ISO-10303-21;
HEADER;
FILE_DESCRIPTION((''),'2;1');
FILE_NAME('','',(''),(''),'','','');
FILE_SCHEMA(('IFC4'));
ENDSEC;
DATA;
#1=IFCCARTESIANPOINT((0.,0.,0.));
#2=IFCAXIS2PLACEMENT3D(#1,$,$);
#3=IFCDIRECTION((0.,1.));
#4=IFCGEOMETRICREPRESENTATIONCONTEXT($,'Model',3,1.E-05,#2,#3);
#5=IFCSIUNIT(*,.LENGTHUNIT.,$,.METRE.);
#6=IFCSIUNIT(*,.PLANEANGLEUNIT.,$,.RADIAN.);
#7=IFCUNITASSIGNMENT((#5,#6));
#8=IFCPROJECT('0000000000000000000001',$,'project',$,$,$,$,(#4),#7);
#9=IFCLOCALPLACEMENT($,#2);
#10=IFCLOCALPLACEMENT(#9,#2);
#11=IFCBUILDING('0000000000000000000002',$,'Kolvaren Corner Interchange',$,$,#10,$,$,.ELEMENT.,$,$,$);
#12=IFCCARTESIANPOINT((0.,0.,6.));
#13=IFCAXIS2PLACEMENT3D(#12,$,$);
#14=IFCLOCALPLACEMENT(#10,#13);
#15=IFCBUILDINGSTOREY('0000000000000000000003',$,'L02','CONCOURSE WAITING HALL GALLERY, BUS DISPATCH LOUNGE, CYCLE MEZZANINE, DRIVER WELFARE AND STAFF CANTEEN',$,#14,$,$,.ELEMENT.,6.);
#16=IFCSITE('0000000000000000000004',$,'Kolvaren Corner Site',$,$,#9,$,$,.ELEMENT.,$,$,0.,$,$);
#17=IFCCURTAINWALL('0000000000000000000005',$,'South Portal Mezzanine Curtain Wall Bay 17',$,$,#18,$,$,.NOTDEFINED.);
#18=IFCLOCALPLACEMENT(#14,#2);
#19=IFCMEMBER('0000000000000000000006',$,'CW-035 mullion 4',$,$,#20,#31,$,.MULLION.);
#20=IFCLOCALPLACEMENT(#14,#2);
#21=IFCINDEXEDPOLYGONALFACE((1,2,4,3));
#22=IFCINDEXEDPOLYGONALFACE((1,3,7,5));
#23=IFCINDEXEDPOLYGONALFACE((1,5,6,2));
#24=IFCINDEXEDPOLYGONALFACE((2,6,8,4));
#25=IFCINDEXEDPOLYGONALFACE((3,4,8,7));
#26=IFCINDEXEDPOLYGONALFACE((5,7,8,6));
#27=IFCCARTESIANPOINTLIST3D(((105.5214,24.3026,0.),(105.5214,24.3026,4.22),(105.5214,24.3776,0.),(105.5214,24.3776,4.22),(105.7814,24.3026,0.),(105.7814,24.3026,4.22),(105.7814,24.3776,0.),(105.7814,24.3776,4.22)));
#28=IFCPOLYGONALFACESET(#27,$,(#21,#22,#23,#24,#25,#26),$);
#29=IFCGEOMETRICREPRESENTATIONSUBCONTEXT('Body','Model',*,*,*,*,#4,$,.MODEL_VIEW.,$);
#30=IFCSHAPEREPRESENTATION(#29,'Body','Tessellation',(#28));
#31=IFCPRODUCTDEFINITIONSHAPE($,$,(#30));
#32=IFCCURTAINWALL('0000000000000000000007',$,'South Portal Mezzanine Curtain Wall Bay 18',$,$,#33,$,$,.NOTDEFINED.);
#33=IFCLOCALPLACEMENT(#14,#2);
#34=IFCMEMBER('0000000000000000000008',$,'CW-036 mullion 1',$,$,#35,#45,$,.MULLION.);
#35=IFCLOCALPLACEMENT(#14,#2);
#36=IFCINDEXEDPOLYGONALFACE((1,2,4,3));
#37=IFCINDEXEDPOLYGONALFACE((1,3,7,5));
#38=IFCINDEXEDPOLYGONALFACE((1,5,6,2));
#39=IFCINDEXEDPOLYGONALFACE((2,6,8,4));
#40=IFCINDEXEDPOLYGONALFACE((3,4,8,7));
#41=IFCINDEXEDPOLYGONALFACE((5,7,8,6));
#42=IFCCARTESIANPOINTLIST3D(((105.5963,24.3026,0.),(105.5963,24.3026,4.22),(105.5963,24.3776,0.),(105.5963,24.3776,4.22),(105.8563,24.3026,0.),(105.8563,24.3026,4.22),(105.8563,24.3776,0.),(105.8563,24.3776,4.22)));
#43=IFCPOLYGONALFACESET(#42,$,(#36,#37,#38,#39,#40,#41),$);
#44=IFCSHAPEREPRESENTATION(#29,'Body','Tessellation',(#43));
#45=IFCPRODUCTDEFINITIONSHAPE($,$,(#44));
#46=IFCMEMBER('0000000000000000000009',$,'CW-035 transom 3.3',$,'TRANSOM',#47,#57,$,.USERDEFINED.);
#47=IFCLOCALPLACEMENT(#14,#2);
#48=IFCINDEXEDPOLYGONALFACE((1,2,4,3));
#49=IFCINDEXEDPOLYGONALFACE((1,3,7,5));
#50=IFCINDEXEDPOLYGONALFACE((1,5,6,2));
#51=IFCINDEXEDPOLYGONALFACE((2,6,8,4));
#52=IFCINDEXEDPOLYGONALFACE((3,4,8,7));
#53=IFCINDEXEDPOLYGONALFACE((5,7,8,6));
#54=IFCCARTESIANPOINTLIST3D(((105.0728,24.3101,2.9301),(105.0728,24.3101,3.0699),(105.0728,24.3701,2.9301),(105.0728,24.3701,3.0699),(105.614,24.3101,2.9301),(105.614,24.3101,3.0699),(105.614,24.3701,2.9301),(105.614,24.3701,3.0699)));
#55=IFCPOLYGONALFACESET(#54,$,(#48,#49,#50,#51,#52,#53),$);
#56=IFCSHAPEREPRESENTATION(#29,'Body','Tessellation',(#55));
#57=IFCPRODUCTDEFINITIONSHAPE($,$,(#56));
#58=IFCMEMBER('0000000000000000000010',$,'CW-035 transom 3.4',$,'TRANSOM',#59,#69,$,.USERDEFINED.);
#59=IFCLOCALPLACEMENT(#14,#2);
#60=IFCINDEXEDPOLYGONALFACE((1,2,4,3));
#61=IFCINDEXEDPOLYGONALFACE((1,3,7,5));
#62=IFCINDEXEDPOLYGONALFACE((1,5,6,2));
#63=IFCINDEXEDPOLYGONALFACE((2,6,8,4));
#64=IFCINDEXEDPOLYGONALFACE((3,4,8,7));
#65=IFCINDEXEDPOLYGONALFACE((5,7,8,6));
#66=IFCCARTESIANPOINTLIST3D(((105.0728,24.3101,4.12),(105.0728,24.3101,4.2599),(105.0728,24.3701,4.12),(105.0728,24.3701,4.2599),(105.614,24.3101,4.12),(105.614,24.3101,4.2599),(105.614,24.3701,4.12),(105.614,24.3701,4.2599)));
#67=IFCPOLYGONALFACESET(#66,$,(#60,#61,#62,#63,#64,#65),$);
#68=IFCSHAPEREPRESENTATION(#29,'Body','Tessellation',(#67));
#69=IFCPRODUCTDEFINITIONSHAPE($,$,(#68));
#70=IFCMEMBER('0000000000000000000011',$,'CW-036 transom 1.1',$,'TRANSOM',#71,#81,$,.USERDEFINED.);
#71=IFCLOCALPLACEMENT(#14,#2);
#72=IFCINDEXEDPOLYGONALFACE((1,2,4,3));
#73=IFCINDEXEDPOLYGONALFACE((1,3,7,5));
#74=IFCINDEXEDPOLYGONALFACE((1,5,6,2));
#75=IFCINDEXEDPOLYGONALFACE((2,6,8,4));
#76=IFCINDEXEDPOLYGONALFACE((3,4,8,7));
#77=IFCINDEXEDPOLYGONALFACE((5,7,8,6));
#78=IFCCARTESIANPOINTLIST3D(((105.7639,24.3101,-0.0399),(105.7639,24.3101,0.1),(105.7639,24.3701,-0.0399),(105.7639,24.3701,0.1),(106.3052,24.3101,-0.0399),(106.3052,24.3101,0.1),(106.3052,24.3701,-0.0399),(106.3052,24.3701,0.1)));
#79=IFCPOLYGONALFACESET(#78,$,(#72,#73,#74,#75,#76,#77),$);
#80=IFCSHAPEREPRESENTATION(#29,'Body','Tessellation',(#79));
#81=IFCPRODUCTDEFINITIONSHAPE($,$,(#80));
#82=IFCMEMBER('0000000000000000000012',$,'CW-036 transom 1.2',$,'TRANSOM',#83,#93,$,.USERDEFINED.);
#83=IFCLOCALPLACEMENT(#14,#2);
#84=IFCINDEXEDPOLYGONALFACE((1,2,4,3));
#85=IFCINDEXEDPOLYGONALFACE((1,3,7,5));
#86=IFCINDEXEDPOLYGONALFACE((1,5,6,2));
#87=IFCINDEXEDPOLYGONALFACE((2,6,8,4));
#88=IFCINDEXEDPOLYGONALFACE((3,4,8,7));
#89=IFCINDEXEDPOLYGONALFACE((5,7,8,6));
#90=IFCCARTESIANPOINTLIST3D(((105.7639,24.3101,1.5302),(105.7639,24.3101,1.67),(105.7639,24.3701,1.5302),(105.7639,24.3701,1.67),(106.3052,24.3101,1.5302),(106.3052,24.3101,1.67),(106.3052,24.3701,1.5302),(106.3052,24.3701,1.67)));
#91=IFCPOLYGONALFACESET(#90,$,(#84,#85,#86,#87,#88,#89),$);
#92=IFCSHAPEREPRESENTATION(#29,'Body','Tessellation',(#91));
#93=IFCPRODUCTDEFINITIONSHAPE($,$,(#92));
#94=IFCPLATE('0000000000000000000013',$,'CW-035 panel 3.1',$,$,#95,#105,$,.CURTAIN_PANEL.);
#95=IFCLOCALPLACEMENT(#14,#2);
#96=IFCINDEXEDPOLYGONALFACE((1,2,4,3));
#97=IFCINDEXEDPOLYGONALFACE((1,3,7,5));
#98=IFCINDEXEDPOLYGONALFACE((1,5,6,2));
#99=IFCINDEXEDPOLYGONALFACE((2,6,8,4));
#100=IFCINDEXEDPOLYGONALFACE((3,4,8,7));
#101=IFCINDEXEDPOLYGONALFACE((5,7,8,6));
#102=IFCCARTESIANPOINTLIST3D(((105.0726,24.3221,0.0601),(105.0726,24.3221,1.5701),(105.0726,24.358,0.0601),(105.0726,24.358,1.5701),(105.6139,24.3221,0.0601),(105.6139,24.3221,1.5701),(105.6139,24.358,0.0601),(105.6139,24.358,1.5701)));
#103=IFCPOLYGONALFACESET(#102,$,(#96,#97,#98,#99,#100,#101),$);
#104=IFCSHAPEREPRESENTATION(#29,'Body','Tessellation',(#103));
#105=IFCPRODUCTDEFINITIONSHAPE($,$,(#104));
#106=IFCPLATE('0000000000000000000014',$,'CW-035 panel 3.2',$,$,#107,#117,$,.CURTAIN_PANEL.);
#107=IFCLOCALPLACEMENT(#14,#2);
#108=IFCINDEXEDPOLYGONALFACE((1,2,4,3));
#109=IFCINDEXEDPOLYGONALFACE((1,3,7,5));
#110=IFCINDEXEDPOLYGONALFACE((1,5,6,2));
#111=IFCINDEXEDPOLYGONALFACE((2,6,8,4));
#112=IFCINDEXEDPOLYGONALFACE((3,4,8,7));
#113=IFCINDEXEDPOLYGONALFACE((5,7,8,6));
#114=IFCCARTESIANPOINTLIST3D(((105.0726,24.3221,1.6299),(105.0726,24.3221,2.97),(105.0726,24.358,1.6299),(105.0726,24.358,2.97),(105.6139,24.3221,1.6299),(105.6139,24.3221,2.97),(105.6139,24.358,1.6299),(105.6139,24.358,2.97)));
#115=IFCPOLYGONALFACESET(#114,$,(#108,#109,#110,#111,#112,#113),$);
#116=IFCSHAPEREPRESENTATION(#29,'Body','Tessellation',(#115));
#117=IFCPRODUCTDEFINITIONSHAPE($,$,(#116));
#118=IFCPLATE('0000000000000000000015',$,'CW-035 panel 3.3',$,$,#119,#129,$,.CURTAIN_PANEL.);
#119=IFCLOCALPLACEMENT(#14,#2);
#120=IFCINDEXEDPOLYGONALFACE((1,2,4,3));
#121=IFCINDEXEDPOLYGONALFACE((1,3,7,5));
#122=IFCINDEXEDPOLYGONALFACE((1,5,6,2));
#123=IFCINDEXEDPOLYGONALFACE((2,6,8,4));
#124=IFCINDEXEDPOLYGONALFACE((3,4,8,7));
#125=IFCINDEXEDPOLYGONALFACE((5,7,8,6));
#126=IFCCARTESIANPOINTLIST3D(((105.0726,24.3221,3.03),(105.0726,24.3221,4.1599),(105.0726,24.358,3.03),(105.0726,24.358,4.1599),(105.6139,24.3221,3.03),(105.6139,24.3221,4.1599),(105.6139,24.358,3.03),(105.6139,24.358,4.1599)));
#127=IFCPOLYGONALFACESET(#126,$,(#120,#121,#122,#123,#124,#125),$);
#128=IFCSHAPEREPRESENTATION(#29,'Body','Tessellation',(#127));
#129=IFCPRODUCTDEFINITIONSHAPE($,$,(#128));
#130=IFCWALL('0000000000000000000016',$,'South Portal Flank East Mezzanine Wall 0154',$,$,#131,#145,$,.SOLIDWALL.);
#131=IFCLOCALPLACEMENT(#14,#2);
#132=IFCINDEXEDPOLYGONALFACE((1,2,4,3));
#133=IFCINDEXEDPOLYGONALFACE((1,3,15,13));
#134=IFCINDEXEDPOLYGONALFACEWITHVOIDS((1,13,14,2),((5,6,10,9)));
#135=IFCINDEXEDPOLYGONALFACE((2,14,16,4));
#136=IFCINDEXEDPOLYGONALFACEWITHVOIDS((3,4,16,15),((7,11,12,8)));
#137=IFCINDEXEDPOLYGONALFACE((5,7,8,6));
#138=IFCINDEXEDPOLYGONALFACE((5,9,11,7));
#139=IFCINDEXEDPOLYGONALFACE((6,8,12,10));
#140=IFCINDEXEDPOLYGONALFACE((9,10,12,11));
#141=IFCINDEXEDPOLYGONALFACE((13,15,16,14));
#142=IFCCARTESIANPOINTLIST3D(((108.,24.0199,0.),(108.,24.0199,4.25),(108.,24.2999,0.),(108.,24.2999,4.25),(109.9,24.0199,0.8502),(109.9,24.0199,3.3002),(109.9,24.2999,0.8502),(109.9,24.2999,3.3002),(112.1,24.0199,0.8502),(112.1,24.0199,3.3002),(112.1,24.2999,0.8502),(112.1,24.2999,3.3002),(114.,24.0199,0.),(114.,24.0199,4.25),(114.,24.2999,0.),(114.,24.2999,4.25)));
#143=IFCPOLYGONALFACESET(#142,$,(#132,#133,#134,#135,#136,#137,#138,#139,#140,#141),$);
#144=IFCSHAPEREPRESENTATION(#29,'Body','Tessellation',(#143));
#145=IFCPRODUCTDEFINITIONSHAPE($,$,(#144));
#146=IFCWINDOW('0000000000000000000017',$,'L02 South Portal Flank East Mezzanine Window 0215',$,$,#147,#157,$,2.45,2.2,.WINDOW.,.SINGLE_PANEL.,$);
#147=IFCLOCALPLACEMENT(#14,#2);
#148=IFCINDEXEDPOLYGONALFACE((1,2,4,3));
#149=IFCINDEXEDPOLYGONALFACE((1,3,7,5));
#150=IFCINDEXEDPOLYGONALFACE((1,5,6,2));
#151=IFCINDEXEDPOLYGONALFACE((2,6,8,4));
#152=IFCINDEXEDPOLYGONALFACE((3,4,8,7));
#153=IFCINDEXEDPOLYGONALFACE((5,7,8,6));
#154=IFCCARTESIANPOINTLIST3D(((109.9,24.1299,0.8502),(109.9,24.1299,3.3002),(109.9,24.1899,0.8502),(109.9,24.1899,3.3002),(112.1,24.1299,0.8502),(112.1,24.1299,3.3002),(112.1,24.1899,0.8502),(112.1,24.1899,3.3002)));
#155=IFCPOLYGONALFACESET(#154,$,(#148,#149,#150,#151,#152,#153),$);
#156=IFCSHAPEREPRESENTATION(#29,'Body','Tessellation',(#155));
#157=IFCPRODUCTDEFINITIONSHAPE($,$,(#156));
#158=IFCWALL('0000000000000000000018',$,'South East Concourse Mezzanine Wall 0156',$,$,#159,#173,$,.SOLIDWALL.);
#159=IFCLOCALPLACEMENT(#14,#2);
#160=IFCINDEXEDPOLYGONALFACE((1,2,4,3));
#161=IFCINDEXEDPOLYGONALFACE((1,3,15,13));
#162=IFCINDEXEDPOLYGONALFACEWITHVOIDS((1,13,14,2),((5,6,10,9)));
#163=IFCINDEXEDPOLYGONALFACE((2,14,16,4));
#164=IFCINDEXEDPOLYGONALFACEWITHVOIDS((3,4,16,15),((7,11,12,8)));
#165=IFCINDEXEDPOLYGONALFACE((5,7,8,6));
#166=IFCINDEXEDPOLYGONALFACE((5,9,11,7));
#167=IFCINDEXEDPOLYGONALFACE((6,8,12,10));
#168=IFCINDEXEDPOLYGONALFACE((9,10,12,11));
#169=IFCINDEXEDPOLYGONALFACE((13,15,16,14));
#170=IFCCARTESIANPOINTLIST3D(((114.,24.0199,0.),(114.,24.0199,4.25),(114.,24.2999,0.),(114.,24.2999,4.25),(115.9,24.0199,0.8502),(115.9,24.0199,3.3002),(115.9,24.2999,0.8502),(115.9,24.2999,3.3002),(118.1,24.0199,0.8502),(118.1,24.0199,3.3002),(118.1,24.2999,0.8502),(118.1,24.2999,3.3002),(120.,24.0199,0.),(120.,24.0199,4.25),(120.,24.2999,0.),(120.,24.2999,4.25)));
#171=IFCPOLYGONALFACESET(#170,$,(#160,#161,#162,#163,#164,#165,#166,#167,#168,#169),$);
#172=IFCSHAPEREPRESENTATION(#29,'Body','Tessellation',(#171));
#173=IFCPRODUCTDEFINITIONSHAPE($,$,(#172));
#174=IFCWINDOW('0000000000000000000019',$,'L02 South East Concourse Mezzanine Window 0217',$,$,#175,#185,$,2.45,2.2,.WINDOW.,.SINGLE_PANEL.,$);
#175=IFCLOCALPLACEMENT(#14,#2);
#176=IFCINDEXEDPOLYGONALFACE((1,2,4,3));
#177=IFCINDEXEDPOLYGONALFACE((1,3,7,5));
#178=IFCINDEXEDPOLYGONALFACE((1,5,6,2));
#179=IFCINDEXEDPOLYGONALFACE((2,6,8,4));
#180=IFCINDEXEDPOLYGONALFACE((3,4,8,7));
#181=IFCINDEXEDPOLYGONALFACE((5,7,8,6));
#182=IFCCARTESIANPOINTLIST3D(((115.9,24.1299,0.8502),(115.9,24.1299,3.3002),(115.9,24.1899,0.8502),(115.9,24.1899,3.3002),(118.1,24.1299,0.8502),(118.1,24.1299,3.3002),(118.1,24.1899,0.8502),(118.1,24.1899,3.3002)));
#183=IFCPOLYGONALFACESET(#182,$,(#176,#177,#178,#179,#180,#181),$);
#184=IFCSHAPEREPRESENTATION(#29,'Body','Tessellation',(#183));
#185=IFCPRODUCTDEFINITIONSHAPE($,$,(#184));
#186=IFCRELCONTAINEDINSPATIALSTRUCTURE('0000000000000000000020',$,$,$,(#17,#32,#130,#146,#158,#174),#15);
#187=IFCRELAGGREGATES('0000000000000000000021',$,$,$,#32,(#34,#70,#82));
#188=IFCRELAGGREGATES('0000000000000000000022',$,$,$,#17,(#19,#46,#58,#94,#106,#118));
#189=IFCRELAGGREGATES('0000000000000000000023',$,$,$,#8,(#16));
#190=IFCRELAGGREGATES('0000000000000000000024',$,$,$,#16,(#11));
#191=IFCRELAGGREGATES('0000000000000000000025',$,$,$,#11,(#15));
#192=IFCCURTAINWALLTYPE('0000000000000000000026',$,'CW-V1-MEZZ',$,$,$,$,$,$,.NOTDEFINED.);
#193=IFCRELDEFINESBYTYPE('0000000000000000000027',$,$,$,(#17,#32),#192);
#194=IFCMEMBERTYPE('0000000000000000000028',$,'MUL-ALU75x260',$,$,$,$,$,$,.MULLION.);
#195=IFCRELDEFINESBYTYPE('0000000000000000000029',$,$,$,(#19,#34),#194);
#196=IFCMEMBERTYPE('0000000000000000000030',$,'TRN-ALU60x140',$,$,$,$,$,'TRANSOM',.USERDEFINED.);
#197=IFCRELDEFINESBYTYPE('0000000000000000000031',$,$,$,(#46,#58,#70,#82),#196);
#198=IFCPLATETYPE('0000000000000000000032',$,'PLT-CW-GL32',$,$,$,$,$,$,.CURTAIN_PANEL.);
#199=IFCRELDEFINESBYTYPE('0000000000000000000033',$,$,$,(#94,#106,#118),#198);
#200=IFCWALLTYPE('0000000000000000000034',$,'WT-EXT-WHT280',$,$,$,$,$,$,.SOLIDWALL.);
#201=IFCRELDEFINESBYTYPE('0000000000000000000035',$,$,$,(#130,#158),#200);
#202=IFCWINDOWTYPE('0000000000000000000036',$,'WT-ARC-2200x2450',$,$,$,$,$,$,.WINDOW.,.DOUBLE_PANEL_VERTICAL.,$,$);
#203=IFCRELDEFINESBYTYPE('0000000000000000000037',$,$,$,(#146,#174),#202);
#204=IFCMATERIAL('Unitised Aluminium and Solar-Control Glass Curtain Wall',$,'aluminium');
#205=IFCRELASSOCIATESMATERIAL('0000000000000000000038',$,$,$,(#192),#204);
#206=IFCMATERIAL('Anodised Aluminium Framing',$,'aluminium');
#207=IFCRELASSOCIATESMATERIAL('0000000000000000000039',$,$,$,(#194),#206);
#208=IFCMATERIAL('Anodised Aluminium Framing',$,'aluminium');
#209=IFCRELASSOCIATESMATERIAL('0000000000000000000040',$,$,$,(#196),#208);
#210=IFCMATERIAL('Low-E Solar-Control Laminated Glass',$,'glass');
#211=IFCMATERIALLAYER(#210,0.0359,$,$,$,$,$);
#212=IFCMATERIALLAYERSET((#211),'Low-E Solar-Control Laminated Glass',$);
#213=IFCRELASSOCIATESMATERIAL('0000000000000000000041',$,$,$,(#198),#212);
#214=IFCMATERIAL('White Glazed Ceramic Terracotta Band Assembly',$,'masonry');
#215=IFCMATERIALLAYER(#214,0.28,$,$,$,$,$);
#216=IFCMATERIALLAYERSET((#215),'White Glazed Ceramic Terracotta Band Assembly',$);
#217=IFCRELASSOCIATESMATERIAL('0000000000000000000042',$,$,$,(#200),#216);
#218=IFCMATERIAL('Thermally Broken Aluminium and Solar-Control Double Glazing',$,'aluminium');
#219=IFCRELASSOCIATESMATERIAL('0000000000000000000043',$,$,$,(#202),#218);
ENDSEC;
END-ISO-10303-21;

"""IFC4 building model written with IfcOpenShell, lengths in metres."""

from ifc_helpers import new_model, si_unit, direction, frame, frame_2d, origin, origin_2d, place, context, subcontext, project, spatial, rectangle, extrude, material, layer, layer_set, material_profile, profile_set, type_object, element, fill, aggregate, save


model = new_model("IFC4")

# Units and contexts
model_context = context("Model", 3, precision=1e-05, world=origin(), true_north=direction((0.0, 1.0)))
body_context = subcontext(model_context, "Body", "Model", "MODEL_VIEW")
ifc_project = project(units=[si_unit("LENGTHUNIT", "METRE"), si_unit("PLANEANGLEUNIT", "RADIAN")], contexts=[model_context])

# Site, building, storey
site_placement = place(None, origin())
site = spatial("IfcSite", under=ifc_project, at=site_placement, Name="Kolvaren Corner Site", CompositionType="ELEMENT", RefElevation=0.0)
building_placement = place(site_placement, origin())
building = spatial("IfcBuilding", under=site, at=building_placement, Name="Kolvaren Corner Interchange", CompositionType="ELEMENT")
storey_placement = place(building_placement, frame((0.0, 0.0, 6.0)))
storey = spatial("IfcBuildingStorey", under=building, at=storey_placement, Name="L02", Description="CONCOURSE WAITING HALL GALLERY, BUS DISPATCH LOUNGE, CYCLE MEZZANINE, DRIVER WELFARE AND STAFF CANTEEN", CompositionType="ELEMENT", Elevation=6.0)

# Curtain walls, members
ifc_material_1 = material(Name="Unitised Aluminium and Solar-Control Glass Curtain Wall", Category="aluminium")
curtain_wall_type = type_object("IfcCurtainWallType", Name="CW-V1-MEZZ", PredefinedType="NOTDEFINED", material=ifc_material_1)
curtain_wall_1_placement = place(storey_placement, origin())
curtain_wall_1 = element("IfcCurtainWall", 1, at=curtain_wall_1_placement, inside=storey, type_object=curtain_wall_type, Name="South Portal Mezzanine Curtain Wall Bay 17", PredefinedType="NOTDEFINED")
ifc_material_2 = material(Name="Anodised Aluminium Framing", Category="aluminium")
ifc_material_profile_1 = material_profile(ifc_material_2, rectangle(XDim=0.075, YDim=0.26, at=origin_2d()), Name="ALU 75x260")
ifc_profile_set_1 = profile_set([ifc_material_profile_1], Name="Anodised Aluminium Framing")
member_type_1 = type_object("IfcMemberType", Name="MUL-ALU75x260", PredefinedType="MULLION", material=ifc_profile_set_1)
member_1_placement = place(storey_placement, frame((105.6514, 24.3401, 0.0), z_axis=(0.0, 0.0, 1.0), x_axis=(0.0, 1.0, 0.0)))
member_1 = element("IfcMember", 2, at=member_1_placement, type_object=member_type_1, Name="CW-035 mullion 4", PredefinedType="MULLION", context=body_context, shape_type="SweptSolid", body=[
    extrude(rectangle(XDim=0.075, YDim=0.26, at=origin_2d()), origin(), (0.0, 0.0, 1.0), 4.22),
])
curtain_wall_2_placement = place(storey_placement, origin())
curtain_wall_2 = element("IfcCurtainWall", 3, at=curtain_wall_2_placement, inside=storey, type_object=curtain_wall_type, Name="South Portal Mezzanine Curtain Wall Bay 18", PredefinedType="NOTDEFINED")
member_2_placement = place(storey_placement, frame((105.7263, 24.3401, 0.0), z_axis=(0.0, 0.0, 1.0), x_axis=(0.0, 1.0, 0.0)))
member_2 = element("IfcMember", 4, at=member_2_placement, type_object=member_type_1, Name="CW-036 mullion 1", PredefinedType="MULLION", context=body_context, shape_type="SweptSolid", body=[
    extrude(rectangle(XDim=0.075, YDim=0.26, at=origin_2d()), origin(), (0.0, 0.0, 1.0), 4.22),
])

# Members
ifc_material_3 = material(Name="Anodised Aluminium Framing", Category="aluminium")
ifc_material_profile_2 = material_profile(ifc_material_3, rectangle(XDim=0.0601, YDim=0.1399, at=origin_2d()), Name="ALU 60x140")
ifc_profile_set_2 = profile_set([ifc_material_profile_2], Name="Anodised Aluminium Framing")
member_type_2 = type_object("IfcMemberType", Name="TRN-ALU60x140", ElementType="TRANSOM", PredefinedType="USERDEFINED", material=ifc_profile_set_2)
member_3_placement = place(storey_placement, frame((105.0728, 24.3401, 3.0), z_axis=(1.0, 0.0, 0.0), x_axis=(0.0, 1.0, 0.0)))
member_3 = element("IfcMember", 5, at=member_3_placement, type_object=member_type_2, Name="CW-035 transom 3.3", ObjectType="TRANSOM", PredefinedType="USERDEFINED", context=body_context, shape_type="SweptSolid", body=[
    extrude(rectangle(XDim=0.0601, YDim=0.1399, at=origin_2d()), origin(), (0.0, 0.0, 1.0), 0.5413),
])
member_4_placement = place(storey_placement, frame((105.0728, 24.3401, 4.1899), z_axis=(1.0, 0.0, 0.0), x_axis=(0.0, 1.0, 0.0)))
member_4 = element("IfcMember", 6, at=member_4_placement, type_object=member_type_2, Name="CW-035 transom 3.4", ObjectType="TRANSOM", PredefinedType="USERDEFINED", context=body_context, shape_type="SweptSolid", body=[
    extrude(rectangle(XDim=0.0601, YDim=0.1399, at=origin_2d()), origin(), (0.0, 0.0, 1.0), 0.5413),
])
member_5_placement = place(storey_placement, frame((105.7639, 24.3401, 0.03), z_axis=(1.0, 0.0, 0.0), x_axis=(0.0, 1.0, 0.0)))
member_5 = element("IfcMember", 7, at=member_5_placement, type_object=member_type_2, Name="CW-036 transom 1.1", ObjectType="TRANSOM", PredefinedType="USERDEFINED", context=body_context, shape_type="SweptSolid", body=[
    extrude(rectangle(XDim=0.0601, YDim=0.1399, at=origin_2d()), origin(), (0.0, 0.0, 1.0), 0.5413),
])
member_6_placement = place(storey_placement, frame((105.7639, 24.3401, 1.6001), z_axis=(1.0, 0.0, 0.0), x_axis=(0.0, 1.0, 0.0)))
member_6 = element("IfcMember", 8, at=member_6_placement, type_object=member_type_2, Name="CW-036 transom 1.2", ObjectType="TRANSOM", PredefinedType="USERDEFINED", context=body_context, shape_type="SweptSolid", body=[
    extrude(rectangle(XDim=0.0601, YDim=0.1399, at=origin_2d()), origin(), (0.0, 0.0, 1.0), 0.5413),
])
aggregate(curtain_wall_2, [member_2, member_5, member_6])

# Plates
ifc_material_4 = material(Name="Low-E Solar-Control Laminated Glass", Category="glass")
ifc_layer_1 = layer(ifc_material_4, 0.0359)
ifc_layer_set_1 = layer_set([ifc_layer_1], Name="Low-E Solar-Control Laminated Glass")
plate_type = type_object("IfcPlateType", Name="PLT-CW-GL32", PredefinedType="CURTAIN_PANEL", material=ifc_layer_set_1)
plate_1_placement = place(storey_placement, frame((105.3433, 24.3401, 0.0601), z_axis=(0.0, 0.0, 1.0), x_axis=(1.0, 0.0, 0.0)))
plate_1 = element("IfcPlate", 9, at=plate_1_placement, type_object=plate_type, Name="CW-035 panel 3.1", PredefinedType="CURTAIN_PANEL", context=body_context, shape_type="SweptSolid", body=[
    extrude(rectangle(XDim=0.5413, YDim=0.0359, at=origin_2d()), origin(), (0.0, 0.0, 1.0), 1.51),
])
plate_2_placement = place(storey_placement, frame((105.3433, 24.3401, 1.6299), z_axis=(0.0, 0.0, 1.0), x_axis=(1.0, 0.0, 0.0)))
plate_2 = element("IfcPlate", 10, at=plate_2_placement, type_object=plate_type, Name="CW-035 panel 3.2", PredefinedType="CURTAIN_PANEL", context=body_context, shape_type="SweptSolid", body=[
    extrude(rectangle(XDim=0.5413, YDim=0.0359, at=origin_2d()), origin(), (0.0, 0.0, 1.0), 1.3401),
])
plate_3_placement = place(storey_placement, frame((105.3433, 24.3401, 3.03), z_axis=(0.0, 0.0, 1.0), x_axis=(1.0, 0.0, 0.0)))
plate_3 = element("IfcPlate", 11, at=plate_3_placement, type_object=plate_type, Name="CW-035 panel 3.3", PredefinedType="CURTAIN_PANEL", context=body_context, shape_type="SweptSolid", body=[
    extrude(rectangle(XDim=0.5413, YDim=0.0359, at=origin_2d()), origin(), (0.0, 0.0, 1.0), 1.1299),
])
aggregate(curtain_wall_1, [member_1, member_3, member_4, plate_1, plate_2, plate_3])

# Walls, openings, windows
ifc_material_5 = material(Name="White Glazed Ceramic Terracotta Band Assembly", Category="masonry")
ifc_layer_2 = layer(ifc_material_5, 0.28)
ifc_layer_set_2 = layer_set([ifc_layer_2], Name="White Glazed Ceramic Terracotta Band Assembly")
wall_type = type_object("IfcWallType", Name="WT-EXT-WHT280", PredefinedType="SOLIDWALL", material=ifc_layer_set_2)
wall_1_placement = place(storey_placement, frame((108.0, 24.1599, 0.0), z_axis=(0.0, 0.0, 1.0), x_axis=(1.0, 0.0, 0.0)))
wall_1 = element("IfcWall", 12, at=wall_1_placement, inside=storey, type_object=wall_type, Name="South Portal Flank East Mezzanine Wall 0154", PredefinedType="SOLIDWALL", context=body_context, shape_type="SweptSolid", body=[
    extrude(rectangle(XDim=6.0, YDim=0.28, at=frame_2d((3.0, 0.0))), origin(), (0.0, 0.0, 1.0), 4.25),
])
opening_1_placement = place(wall_1_placement, frame((1.8999, 0.0, 0.8501)))
opening_1 = element("IfcOpeningElement", 13, at=opening_1_placement, cuts=wall_1, PredefinedType="OPENING", context=body_context, shape_type="SweptSolid", body=[
    extrude(rectangle(XDim=2.2, YDim=2.45, at=frame_2d((1.1001, 1.2251))), frame((0.0, 0.1499, 0.0), z_axis=(0.0, -1.0, 0.0), x_axis=(1.0, 0.0, 0.0)), (0.0, 0.0, 1.0), 0.3),
])
ifc_material_6 = material(Name="Thermally Broken Aluminium and Solar-Control Double Glazing", Category="aluminium")
window_type = type_object("IfcWindowType", Name="WT-ARC-2200x2450", PartitioningType="DOUBLE_PANEL_VERTICAL", PredefinedType="WINDOW", material=ifc_material_6)
window_1_placement = place(opening_1_placement, origin())
window_1 = element("IfcWindow", 14, at=window_1_placement, inside=storey, type_object=window_type, Name="L02 South Portal Flank East Mezzanine Window 0215", OverallHeight=2.45, OverallWidth=2.2, PartitioningType="SINGLE_PANEL", PredefinedType="WINDOW", context=body_context, shape_type="SweptSolid", body=[
    extrude(rectangle(XDim=2.2, YDim=2.45, at=frame_2d((1.1001, 1.2251))), frame((0.0, 0.03, 0.0), z_axis=(0.0, -1.0, 0.0), x_axis=(1.0, 0.0, 0.0)), (0.0, 0.0, 1.0), 0.0601),
])
fill(opening_1, window_1)
wall_2_placement = place(storey_placement, frame((114.0, 24.1599, 0.0), z_axis=(0.0, 0.0, 1.0), x_axis=(1.0, 0.0, 0.0)))
wall_2 = element("IfcWall", 15, at=wall_2_placement, inside=storey, type_object=wall_type, Name="South East Concourse Mezzanine Wall 0156", PredefinedType="SOLIDWALL", context=body_context, shape_type="SweptSolid", body=[
    extrude(rectangle(XDim=6.0, YDim=0.28, at=frame_2d((3.0, 0.0))), origin(), (0.0, 0.0, 1.0), 4.25),
])
opening_2_placement = place(wall_2_placement, frame((1.8999, 0.0, 0.8501)))
opening_2 = element("IfcOpeningElement", 16, at=opening_2_placement, cuts=wall_2, PredefinedType="OPENING", context=body_context, shape_type="SweptSolid", body=[
    extrude(rectangle(XDim=2.2, YDim=2.45, at=frame_2d((1.1001, 1.2251))), frame((0.0, 0.1499, 0.0), z_axis=(0.0, -1.0, 0.0), x_axis=(1.0, 0.0, 0.0)), (0.0, 0.0, 1.0), 0.3),
])
window_2_placement = place(opening_2_placement, origin())
window_2 = element("IfcWindow", 17, at=window_2_placement, inside=storey, type_object=window_type, Name="L02 South East Concourse Mezzanine Window 0217", OverallHeight=2.45, OverallWidth=2.2, PartitioningType="SINGLE_PANEL", PredefinedType="WINDOW", context=body_context, shape_type="SweptSolid", body=[
    extrude(rectangle(XDim=2.2, YDim=2.45, at=frame_2d((1.1001, 1.2251))), frame((0.0, 0.03, 0.0), z_axis=(0.0, -1.0, 0.0), x_axis=(1.0, 0.0, 0.0)), (0.0, 0.0, 1.0), 0.0601),
])
fill(opening_2, window_2)

save(model, "model.ifc")
